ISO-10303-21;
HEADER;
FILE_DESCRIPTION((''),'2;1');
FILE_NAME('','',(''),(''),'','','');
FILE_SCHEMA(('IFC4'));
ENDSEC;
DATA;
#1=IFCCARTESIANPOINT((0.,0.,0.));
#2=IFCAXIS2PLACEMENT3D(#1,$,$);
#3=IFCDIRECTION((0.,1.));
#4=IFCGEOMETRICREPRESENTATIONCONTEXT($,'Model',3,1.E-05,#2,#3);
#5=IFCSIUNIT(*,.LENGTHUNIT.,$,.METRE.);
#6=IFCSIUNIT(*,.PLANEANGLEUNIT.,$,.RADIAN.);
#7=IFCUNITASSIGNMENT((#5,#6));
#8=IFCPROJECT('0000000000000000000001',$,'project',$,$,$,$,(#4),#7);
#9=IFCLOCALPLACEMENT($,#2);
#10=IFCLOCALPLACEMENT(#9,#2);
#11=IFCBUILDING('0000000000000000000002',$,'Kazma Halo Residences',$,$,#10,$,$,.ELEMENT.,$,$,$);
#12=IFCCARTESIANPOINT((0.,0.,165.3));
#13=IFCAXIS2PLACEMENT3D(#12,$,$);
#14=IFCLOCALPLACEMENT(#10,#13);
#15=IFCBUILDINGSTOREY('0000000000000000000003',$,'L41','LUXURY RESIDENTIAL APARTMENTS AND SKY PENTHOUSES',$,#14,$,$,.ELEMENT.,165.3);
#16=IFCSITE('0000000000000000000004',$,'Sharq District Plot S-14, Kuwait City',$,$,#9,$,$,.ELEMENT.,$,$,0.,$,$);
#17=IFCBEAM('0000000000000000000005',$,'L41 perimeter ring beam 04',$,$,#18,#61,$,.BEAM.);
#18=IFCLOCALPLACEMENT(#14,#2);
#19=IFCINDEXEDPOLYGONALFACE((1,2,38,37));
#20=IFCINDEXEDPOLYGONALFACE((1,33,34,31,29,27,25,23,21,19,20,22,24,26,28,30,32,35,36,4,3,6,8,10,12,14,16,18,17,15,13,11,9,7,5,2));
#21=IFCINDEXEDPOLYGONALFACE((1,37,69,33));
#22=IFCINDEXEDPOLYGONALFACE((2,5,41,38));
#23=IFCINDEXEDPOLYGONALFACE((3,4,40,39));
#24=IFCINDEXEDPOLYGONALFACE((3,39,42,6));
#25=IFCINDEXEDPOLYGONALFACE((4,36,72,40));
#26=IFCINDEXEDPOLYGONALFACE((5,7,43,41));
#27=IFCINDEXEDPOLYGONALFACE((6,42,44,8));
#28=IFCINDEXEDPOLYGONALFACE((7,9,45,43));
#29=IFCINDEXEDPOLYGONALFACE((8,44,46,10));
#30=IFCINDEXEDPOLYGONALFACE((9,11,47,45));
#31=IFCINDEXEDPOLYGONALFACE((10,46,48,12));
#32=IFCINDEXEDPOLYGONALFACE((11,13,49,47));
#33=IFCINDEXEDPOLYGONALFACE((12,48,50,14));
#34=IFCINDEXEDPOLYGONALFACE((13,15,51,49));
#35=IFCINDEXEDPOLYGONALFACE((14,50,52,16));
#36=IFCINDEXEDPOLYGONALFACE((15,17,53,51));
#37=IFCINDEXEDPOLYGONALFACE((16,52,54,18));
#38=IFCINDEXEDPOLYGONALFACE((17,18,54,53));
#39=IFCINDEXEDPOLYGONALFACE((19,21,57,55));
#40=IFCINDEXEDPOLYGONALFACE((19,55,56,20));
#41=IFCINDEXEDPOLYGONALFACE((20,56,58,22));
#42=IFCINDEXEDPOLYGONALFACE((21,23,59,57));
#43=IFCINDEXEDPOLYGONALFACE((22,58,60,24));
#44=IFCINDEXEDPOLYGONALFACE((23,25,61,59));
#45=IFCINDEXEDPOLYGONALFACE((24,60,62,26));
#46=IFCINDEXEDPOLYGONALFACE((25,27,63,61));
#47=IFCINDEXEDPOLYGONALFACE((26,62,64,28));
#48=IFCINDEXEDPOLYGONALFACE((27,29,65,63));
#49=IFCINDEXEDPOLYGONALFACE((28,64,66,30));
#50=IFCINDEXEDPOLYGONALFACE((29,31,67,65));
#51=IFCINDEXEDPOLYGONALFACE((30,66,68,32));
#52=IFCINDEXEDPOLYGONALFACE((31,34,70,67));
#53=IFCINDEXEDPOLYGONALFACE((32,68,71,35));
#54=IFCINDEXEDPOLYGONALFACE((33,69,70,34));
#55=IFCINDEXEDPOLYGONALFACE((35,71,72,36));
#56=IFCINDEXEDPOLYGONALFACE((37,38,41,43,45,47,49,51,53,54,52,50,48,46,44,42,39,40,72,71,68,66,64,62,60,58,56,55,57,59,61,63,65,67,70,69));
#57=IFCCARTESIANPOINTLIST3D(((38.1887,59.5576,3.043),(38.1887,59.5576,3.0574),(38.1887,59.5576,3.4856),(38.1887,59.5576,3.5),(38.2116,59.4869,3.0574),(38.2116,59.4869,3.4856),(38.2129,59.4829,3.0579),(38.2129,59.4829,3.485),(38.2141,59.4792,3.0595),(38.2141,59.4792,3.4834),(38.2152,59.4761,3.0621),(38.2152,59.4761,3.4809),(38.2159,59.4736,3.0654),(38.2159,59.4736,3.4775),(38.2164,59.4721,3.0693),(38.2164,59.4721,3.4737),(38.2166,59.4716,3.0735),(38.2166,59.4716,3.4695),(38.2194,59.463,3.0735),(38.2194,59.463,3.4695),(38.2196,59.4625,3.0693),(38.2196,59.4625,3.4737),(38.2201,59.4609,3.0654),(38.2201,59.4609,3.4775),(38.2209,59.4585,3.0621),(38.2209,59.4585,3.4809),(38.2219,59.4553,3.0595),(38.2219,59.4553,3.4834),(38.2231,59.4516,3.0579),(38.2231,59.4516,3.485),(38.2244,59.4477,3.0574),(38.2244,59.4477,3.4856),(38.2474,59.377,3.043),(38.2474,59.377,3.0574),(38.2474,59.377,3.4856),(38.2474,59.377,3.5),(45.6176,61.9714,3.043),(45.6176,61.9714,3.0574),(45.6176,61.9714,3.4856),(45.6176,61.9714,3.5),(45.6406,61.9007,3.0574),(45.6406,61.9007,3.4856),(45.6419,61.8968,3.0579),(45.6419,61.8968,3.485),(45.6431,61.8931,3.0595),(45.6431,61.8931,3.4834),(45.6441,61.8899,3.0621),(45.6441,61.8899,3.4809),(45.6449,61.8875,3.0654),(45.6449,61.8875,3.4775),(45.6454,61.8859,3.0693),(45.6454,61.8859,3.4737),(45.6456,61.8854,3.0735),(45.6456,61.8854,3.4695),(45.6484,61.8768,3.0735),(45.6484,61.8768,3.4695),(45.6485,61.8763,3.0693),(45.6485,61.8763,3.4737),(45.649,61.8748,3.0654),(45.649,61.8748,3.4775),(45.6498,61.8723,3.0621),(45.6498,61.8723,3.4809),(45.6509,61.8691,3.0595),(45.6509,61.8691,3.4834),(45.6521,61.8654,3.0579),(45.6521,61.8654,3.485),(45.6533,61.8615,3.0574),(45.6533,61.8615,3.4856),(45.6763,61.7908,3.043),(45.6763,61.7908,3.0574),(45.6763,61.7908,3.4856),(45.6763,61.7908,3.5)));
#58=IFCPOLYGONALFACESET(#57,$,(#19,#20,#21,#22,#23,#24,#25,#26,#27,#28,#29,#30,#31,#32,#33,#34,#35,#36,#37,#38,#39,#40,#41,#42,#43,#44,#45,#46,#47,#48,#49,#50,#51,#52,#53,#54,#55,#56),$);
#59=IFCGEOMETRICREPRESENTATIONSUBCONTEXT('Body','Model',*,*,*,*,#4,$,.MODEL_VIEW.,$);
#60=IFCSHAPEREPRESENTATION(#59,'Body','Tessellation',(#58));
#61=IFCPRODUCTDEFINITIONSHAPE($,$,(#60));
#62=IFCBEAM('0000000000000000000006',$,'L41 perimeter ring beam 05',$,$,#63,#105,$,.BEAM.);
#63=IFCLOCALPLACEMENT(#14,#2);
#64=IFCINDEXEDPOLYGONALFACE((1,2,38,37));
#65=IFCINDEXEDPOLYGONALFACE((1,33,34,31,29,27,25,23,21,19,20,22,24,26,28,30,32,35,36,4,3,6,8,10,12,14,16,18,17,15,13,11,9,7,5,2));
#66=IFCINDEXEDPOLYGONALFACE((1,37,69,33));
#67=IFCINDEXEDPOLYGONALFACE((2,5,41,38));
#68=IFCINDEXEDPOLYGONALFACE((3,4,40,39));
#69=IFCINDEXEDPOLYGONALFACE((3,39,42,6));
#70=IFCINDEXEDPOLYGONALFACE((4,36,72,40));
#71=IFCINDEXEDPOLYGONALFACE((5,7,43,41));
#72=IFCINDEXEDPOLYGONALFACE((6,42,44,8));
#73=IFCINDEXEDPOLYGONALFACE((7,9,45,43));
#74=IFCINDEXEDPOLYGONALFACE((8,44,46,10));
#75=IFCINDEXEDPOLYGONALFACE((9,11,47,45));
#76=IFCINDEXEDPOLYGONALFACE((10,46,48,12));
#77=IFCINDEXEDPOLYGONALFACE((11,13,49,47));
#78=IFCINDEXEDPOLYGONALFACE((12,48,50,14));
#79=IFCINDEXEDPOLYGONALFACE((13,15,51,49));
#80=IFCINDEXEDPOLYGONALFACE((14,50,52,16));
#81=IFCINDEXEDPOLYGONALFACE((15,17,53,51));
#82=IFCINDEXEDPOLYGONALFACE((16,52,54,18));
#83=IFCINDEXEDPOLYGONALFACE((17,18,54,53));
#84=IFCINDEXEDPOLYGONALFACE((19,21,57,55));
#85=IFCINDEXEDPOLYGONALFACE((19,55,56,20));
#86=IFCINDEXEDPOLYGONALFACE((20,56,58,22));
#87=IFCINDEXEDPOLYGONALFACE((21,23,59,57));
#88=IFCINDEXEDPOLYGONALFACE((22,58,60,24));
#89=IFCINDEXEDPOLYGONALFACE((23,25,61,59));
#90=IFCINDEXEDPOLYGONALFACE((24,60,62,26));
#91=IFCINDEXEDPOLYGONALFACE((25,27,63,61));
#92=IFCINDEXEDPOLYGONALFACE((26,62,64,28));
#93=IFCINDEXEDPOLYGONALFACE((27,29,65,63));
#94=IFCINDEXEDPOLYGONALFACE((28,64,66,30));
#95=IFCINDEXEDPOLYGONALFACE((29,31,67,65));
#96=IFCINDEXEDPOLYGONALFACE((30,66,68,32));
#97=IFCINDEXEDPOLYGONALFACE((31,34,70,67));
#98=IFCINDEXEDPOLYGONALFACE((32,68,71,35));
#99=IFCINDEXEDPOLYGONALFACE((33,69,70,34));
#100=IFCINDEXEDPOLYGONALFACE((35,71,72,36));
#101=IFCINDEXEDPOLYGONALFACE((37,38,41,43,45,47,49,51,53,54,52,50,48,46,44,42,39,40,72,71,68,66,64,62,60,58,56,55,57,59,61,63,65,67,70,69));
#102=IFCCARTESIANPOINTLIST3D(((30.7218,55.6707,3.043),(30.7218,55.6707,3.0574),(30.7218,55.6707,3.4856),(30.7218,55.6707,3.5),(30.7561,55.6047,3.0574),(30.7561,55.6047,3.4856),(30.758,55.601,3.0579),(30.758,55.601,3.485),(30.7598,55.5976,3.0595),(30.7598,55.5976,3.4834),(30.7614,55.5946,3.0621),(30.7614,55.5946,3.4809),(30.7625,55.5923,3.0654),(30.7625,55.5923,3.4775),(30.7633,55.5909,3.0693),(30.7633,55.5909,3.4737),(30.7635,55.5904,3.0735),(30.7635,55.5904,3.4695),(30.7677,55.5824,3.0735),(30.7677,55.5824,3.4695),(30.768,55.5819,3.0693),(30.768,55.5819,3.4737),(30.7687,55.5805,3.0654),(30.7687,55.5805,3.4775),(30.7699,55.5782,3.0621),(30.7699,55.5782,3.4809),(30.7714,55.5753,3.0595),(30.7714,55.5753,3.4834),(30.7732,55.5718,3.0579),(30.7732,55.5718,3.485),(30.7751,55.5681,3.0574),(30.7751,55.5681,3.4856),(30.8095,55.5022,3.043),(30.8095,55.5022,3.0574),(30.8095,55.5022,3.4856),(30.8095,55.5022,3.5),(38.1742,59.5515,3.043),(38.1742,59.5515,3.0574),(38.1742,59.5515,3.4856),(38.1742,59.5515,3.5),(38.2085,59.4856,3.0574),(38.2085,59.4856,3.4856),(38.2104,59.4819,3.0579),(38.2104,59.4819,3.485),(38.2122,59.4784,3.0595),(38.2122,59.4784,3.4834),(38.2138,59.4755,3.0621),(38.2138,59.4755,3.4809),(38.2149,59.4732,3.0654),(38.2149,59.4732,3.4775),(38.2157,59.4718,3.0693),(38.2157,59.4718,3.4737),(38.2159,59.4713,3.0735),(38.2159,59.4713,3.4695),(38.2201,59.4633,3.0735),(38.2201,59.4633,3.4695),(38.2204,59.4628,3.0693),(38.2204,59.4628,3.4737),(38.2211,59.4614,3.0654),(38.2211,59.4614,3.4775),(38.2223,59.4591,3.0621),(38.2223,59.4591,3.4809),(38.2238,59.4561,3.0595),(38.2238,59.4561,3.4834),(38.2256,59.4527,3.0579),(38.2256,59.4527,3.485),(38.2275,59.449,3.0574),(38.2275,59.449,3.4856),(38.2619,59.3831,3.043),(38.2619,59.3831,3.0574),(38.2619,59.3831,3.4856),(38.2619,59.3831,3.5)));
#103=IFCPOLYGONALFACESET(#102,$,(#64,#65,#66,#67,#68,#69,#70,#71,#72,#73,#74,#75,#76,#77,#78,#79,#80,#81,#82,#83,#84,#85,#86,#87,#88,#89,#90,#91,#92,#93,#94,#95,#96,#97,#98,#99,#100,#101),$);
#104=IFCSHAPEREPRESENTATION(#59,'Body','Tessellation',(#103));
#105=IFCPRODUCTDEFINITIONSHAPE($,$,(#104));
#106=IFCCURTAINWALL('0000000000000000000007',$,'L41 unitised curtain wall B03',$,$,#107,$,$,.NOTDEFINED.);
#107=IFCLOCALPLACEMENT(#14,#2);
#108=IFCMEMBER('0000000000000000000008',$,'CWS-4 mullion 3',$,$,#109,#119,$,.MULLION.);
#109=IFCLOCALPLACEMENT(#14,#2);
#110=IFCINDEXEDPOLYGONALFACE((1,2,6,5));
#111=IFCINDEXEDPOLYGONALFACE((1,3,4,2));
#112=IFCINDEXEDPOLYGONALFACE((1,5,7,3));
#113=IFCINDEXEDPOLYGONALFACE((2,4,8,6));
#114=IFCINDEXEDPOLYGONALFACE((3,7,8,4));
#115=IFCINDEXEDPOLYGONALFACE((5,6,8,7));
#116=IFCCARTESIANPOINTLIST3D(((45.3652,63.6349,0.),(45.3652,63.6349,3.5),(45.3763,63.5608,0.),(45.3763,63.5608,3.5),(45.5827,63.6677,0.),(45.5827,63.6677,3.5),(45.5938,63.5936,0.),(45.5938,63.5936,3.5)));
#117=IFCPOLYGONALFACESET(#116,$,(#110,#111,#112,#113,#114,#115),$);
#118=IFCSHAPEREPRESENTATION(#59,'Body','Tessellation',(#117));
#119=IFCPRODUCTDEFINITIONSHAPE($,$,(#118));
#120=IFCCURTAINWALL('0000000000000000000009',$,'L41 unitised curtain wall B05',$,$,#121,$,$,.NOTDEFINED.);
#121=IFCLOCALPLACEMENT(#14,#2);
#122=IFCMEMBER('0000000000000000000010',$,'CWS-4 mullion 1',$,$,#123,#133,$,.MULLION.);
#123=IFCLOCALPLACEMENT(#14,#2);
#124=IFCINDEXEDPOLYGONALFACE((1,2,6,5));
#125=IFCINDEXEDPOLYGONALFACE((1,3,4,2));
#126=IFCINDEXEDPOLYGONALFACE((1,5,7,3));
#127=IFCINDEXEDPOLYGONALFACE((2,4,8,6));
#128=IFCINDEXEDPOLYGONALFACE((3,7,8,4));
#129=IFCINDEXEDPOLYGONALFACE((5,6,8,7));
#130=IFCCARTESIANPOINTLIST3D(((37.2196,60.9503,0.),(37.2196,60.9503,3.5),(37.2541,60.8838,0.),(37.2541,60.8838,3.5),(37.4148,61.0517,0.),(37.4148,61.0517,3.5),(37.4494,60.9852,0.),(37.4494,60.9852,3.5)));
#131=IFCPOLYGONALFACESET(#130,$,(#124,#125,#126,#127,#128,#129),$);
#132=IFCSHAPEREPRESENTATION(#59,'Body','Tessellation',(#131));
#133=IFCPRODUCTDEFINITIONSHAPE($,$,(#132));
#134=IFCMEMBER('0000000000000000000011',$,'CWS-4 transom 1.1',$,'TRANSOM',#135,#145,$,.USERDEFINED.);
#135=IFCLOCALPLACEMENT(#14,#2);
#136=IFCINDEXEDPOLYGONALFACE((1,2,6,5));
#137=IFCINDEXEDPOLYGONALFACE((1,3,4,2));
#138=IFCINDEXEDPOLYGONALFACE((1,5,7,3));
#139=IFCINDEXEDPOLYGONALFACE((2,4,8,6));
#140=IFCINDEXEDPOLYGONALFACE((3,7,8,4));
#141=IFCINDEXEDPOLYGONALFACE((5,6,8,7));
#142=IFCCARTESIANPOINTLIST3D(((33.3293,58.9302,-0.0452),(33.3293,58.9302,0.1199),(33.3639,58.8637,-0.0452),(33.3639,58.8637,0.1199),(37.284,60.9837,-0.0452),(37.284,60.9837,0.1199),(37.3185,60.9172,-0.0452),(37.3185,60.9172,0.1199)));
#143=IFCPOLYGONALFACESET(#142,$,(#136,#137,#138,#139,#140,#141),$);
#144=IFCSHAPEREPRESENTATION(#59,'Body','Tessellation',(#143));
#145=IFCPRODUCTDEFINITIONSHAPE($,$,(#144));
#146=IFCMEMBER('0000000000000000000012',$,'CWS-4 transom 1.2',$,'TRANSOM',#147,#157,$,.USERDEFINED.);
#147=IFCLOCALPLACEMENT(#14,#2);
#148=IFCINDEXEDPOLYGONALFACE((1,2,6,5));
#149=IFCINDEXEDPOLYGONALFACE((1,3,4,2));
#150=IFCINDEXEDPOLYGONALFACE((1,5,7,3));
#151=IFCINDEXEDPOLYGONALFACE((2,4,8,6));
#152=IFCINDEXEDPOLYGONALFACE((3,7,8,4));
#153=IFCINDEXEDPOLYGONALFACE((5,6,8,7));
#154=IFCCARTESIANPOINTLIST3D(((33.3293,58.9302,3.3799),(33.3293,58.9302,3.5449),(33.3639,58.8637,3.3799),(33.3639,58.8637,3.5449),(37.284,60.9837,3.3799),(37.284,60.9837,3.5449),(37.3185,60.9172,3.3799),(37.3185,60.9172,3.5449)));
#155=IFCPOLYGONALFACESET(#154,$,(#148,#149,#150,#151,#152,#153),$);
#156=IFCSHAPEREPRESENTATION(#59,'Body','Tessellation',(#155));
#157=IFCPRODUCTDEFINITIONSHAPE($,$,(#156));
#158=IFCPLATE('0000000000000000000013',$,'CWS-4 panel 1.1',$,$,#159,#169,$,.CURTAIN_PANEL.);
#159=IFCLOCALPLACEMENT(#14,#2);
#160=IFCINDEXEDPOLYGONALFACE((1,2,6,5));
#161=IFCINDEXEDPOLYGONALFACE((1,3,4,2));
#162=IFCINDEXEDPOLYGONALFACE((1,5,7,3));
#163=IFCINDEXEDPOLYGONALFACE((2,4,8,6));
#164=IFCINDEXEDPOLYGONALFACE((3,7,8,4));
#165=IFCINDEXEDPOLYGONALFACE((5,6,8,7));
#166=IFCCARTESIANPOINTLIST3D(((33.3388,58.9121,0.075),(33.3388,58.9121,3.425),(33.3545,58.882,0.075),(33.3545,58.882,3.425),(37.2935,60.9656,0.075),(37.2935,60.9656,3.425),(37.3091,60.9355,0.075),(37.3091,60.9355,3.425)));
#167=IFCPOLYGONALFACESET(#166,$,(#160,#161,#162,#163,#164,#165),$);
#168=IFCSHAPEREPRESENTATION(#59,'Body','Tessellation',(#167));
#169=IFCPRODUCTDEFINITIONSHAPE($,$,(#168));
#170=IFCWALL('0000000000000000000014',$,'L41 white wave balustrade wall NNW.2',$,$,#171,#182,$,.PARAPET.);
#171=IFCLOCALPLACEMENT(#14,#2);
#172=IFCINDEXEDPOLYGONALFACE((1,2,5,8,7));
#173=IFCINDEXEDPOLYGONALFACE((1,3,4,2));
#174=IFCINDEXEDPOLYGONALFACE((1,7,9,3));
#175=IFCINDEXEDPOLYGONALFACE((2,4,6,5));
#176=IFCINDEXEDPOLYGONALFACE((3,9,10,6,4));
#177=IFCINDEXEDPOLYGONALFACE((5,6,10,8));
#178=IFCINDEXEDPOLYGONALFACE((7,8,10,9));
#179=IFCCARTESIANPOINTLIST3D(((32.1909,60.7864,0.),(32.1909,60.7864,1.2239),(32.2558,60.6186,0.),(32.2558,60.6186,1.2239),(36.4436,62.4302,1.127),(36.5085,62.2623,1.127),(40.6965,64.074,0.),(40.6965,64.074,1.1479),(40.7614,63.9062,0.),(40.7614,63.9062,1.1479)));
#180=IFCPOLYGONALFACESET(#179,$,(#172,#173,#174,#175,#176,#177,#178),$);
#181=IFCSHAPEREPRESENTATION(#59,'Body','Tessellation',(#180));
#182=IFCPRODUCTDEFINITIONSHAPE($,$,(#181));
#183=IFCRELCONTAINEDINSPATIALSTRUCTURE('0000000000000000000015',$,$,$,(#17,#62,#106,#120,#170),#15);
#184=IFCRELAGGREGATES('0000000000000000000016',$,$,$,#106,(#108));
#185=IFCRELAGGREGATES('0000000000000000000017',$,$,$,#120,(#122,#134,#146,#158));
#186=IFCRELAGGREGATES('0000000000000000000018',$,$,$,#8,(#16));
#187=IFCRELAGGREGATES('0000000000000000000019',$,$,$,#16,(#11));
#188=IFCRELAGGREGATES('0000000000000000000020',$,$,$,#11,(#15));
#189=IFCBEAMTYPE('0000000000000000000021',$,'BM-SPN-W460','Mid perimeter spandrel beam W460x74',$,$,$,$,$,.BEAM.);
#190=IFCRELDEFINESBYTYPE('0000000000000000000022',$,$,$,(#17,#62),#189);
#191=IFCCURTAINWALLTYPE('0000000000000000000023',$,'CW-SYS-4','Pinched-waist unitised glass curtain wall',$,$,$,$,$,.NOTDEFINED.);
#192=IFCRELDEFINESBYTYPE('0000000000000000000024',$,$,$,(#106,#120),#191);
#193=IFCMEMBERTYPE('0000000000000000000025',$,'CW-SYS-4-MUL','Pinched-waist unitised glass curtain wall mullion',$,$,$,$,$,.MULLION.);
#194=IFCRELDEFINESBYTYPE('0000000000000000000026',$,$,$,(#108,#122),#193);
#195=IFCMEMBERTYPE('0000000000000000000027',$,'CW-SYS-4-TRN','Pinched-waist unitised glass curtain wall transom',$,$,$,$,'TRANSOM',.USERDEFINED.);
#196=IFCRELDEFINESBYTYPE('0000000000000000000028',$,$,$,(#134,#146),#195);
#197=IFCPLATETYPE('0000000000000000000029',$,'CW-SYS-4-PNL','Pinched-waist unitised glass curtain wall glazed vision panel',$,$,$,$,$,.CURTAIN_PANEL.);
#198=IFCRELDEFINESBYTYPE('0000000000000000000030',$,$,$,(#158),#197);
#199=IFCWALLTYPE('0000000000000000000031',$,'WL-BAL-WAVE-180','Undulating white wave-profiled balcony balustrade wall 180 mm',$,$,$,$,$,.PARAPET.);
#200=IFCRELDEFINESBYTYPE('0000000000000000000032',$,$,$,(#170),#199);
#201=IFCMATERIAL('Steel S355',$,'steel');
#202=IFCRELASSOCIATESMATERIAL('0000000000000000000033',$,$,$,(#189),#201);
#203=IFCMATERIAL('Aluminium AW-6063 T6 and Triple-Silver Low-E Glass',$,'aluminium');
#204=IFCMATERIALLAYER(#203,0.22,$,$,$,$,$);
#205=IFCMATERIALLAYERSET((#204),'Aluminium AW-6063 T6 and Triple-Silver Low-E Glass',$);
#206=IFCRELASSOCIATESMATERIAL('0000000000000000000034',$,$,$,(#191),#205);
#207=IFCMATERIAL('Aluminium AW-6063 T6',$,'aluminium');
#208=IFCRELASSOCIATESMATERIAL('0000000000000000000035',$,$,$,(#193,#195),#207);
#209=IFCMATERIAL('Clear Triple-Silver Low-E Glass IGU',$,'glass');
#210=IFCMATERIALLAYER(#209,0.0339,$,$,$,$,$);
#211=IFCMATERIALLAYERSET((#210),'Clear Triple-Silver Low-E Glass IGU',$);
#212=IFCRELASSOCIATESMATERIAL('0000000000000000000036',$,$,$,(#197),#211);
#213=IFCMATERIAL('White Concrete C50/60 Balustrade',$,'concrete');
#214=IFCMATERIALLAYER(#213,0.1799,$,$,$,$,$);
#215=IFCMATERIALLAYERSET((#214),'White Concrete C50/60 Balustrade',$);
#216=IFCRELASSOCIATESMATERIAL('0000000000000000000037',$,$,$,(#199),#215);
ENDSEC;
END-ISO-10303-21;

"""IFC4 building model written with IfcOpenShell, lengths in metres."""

from ifc_helpers import new_model, si_unit, direction, frame, origin, origin_2d, place, context, subcontext, project, spatial, polyline, rectangle, i_section, outline, extrude, material, layer, layer_set, material_profile, profile_set, type_object, element, aggregate, save


model = new_model("IFC4")

# Units and contexts
model_context = context("Model", 3, precision=1e-05, world=origin(), true_north=direction((0.0, 1.0)))
body_context = subcontext(model_context, "Body", "Model", "MODEL_VIEW")
ifc_project = project(units=[si_unit("LENGTHUNIT", "METRE"), si_unit("PLANEANGLEUNIT", "RADIAN")], contexts=[model_context])

# Site, building, storey
site_placement = place(None, origin())
site = spatial("IfcSite", under=ifc_project, at=site_placement, Name="Sharq District Plot S-14, Kuwait City", CompositionType="ELEMENT", RefElevation=0.0)
building_placement = place(site_placement, origin())
building = spatial("IfcBuilding", under=site, at=building_placement, Name="Kazma Halo Residences", CompositionType="ELEMENT")
storey_placement = place(building_placement, frame((0.0, 0.0, 165.3)))
storey = spatial("IfcBuildingStorey", under=building, at=storey_placement, Name="L41", Description="LUXURY RESIDENTIAL APARTMENTS AND SKY PENTHOUSES", CompositionType="ELEMENT", Elevation=165.3)

# Beams
ifc_material_1 = material(Name="Steel S355", Category="steel")
ifc_material_profile_1 = material_profile(ifc_material_1, i_section(OverallWidth=0.1899, OverallDepth=0.457, WebThickness=0.009, FlangeThickness=0.0144, FilletRadius=0.0161, at=origin_2d()), Name="W460x74")
ifc_profile_set_1 = profile_set([ifc_material_profile_1], Name="Steel S355")
beam_type_1 = type_object("IfcBeamType", Name="BM-SPN-W460", Description="Mid perimeter spandrel beam W460x74", PredefinedType="BEAM", material=ifc_profile_set_1)
beam_1_placement = place(storey_placement, frame((45.647, 61.8811, 3.2715), z_axis=(-0.951056, -0.309018, 0.0), x_axis=(0.309018, -0.951056, 0.0)))
element("IfcBeam", 1, at=beam_1_placement, inside=storey, type_object=beam_type_1, Name="L41 perimeter ring beam 04", PredefinedType="BEAM", context=body_context, shape_type="SweptSolid", body=[
    extrude(i_section(OverallWidth=0.1899, OverallDepth=0.457, WebThickness=0.009, FlangeThickness=0.0144, FilletRadius=0.0161, at=origin_2d()), origin(), (0.0, 0.0, 1.0), 7.8113),
])
beam_2_placement = place(storey_placement, frame((38.218, 59.4673, 3.2715), z_axis=(-0.886943, -0.461879, 0.0), x_axis=(0.461879, -0.886943, 0.0)))
element("IfcBeam", 2, at=beam_2_placement, inside=storey, type_object=beam_type_1, Name="L41 perimeter ring beam 05", PredefinedType="BEAM", context=body_context, shape_type="SweptSolid", body=[
    extrude(i_section(OverallWidth=0.1899, OverallDepth=0.457, WebThickness=0.009, FlangeThickness=0.0144, FilletRadius=0.0161, at=origin_2d()), origin(), (0.0, 0.0, 1.0), 8.4023),
])

# Curtain wall, member
ifc_material_2 = material(Name="Aluminium AW-6063 T6 and Triple-Silver Low-E Glass", Category="aluminium")
ifc_layer_1 = layer(ifc_material_2, 0.22)
ifc_layer_set_1 = layer_set([ifc_layer_1], Name="Aluminium AW-6063 T6 and Triple-Silver Low-E Glass")
curtain_wall_type = type_object("IfcCurtainWallType", Name="CW-SYS-4", Description="Pinched-waist unitised glass curtain wall", PredefinedType="NOTDEFINED", material=ifc_layer_set_1)
curtain_wall_1_placement = place(storey_placement, origin())
curtain_wall_1 = element("IfcCurtainWall", 3, at=curtain_wall_1_placement, inside=storey, type_object=curtain_wall_type, Name="L41 unitised curtain wall B03", PredefinedType="NOTDEFINED")
ifc_material_3 = material(Name="Aluminium AW-6063 T6", Category="aluminium")
ifc_material_profile_2 = material_profile(ifc_material_3, rectangle(XDim=0.075, YDim=0.22, at=origin_2d()), Name="CWM-75x220")
ifc_profile_set_2 = profile_set([ifc_material_profile_2], Name="Aluminium AW-6063 T6")
member_type_1 = type_object("IfcMemberType", Name="CW-SYS-4-MUL", Description="Pinched-waist unitised glass curtain wall mullion", PredefinedType="MULLION", material=ifc_profile_set_2)
member_1_placement = place(storey_placement, frame((45.4795, 63.6143, 0.0), z_axis=(0.0, 0.0, 1.0), x_axis=(0.148821, -0.988864, 0.0)))
member_1 = element("IfcMember", 4, at=member_1_placement, type_object=member_type_1, Name="CWS-4 mullion 3", PredefinedType="MULLION", context=body_context, shape_type="SweptSolid", body=[
    extrude(rectangle(XDim=0.075, YDim=0.22, at=origin_2d()), origin(), (0.0, 0.0, 1.0), 3.5),
])
aggregate(curtain_wall_1, [member_1])

# Curtain wall, members, plate
curtain_wall_2_placement = place(storey_placement, origin())
curtain_wall_2 = element("IfcCurtainWall", 5, at=curtain_wall_2_placement, inside=storey, type_object=curtain_wall_type, Name="L41 unitised curtain wall B05", PredefinedType="NOTDEFINED")
member_2_placement = place(storey_placement, frame((37.3345, 60.9678, 0.0), z_axis=(0.0, 0.0, 1.0), x_axis=(0.460837, -0.887485, 0.0)))
member_2 = element("IfcMember", 6, at=member_2_placement, type_object=member_type_1, Name="CWS-4 mullion 1", PredefinedType="MULLION", context=body_context, shape_type="SweptSolid", body=[
    extrude(rectangle(XDim=0.075, YDim=0.22, at=origin_2d()), origin(), (0.0, 0.0, 1.0), 3.5),
])
ifc_material_profile_3 = material_profile(ifc_material_3, rectangle(XDim=0.075, YDim=0.165, at=origin_2d()), Name="CWT-75x165")
ifc_profile_set_3 = profile_set([ifc_material_profile_3], Name="Aluminium AW-6063 T6")
member_type_2 = type_object("IfcMemberType", Name="CW-SYS-4-TRN", Description="Pinched-waist unitised glass curtain wall transom", ElementType="TRANSOM", PredefinedType="USERDEFINED", material=ifc_profile_set_3)
member_3_placement = place(storey_placement, frame((37.3013, 60.9504, 0.0374), z_axis=(-0.887485, -0.460837, 0.0), x_axis=(0.460837, -0.887485, 0.0)))
member_3 = element("IfcMember", 7, at=member_3_placement, type_object=member_type_2, Name="CWS-4 transom 1.1", ObjectType="TRANSOM", PredefinedType="USERDEFINED", context=body_context, shape_type="SweptSolid", body=[
    extrude(rectangle(XDim=0.075, YDim=0.165, at=origin_2d()), origin(), (0.0, 0.0, 1.0), 4.4561),
])
member_4_placement = place(storey_placement, frame((37.3013, 60.9504, 3.4624), z_axis=(-0.887485, -0.460837, 0.0), x_axis=(0.460837, -0.887485, 0.0)))
member_4 = element("IfcMember", 8, at=member_4_placement, type_object=member_type_2, Name="CWS-4 transom 1.2", ObjectType="TRANSOM", PredefinedType="USERDEFINED", context=body_context, shape_type="SweptSolid", body=[
    extrude(rectangle(XDim=0.075, YDim=0.165, at=origin_2d()), origin(), (0.0, 0.0, 1.0), 4.4561),
])
ifc_material_4 = material(Name="Clear Triple-Silver Low-E Glass IGU", Category="glass")
ifc_layer_2 = layer(ifc_material_4, 0.0339)
ifc_layer_set_2 = layer_set([ifc_layer_2], Name="Clear Triple-Silver Low-E Glass IGU")
plate_type = type_object("IfcPlateType", Name="CW-SYS-4-PNL", Description="Pinched-waist unitised glass curtain wall glazed vision panel", PredefinedType="CURTAIN_PANEL", material=ifc_layer_set_2)
plate_placement = place(storey_placement, frame((35.324, 59.9238, 0.075), z_axis=(0.0, 0.0, 1.0), x_axis=(-0.887485, -0.460837, 0.0)))
plate = element("IfcPlate", 9, at=plate_placement, type_object=plate_type, Name="CWS-4 panel 1.1", PredefinedType="CURTAIN_PANEL", context=body_context, shape_type="SweptSolid", body=[
    extrude(rectangle(XDim=4.4561, YDim=0.0339, at=origin_2d()), origin(), (0.0, 0.0, 1.0), 3.3501),
])
aggregate(curtain_wall_2, [member_2, member_3, member_4, plate])

# Wall
ifc_material_5 = material(Name="White Concrete C50/60 Balustrade", Category="concrete")
ifc_layer_3 = layer(ifc_material_5, 0.1799)
ifc_layer_set_3 = layer_set([ifc_layer_3], Name="White Concrete C50/60 Balustrade")
wall_type_1 = type_object("IfcWallType", Name="WL-BAL-WAVE-180", Description="Undulating white wave-profiled balcony balustrade wall 180 mm", PredefinedType="PARAPET", material=ifc_layer_set_3)
wall_1_placement = place(storey_placement, frame((40.729, 63.99, 0.0), z_axis=(0.0, 0.0, 1.0), x_axis=(-0.932749, -0.360527, 0.0)))
element("IfcWall", 10, at=wall_1_placement, inside=storey, type_object=wall_type_1, Name="L41 white wave balustrade wall NNW.2", PredefinedType="PARAPET", context=body_context, shape_type="SweptSolid", body=[
    extrude(outline(polyline([(0.0, 0.0), (9.1189, 0.0), (9.1189, 1.2239), (4.5596, 1.127), (0.0, 1.1479), (0.0, 0.0)])), frame((0.0, 0.0898, 0.0), z_axis=(0.0, -1.0, 0.0), x_axis=(1.0, 0.0, 0.0)), (0.0, 0.0, 1.0), 0.1799),
])

save(model, "model.ifc")
